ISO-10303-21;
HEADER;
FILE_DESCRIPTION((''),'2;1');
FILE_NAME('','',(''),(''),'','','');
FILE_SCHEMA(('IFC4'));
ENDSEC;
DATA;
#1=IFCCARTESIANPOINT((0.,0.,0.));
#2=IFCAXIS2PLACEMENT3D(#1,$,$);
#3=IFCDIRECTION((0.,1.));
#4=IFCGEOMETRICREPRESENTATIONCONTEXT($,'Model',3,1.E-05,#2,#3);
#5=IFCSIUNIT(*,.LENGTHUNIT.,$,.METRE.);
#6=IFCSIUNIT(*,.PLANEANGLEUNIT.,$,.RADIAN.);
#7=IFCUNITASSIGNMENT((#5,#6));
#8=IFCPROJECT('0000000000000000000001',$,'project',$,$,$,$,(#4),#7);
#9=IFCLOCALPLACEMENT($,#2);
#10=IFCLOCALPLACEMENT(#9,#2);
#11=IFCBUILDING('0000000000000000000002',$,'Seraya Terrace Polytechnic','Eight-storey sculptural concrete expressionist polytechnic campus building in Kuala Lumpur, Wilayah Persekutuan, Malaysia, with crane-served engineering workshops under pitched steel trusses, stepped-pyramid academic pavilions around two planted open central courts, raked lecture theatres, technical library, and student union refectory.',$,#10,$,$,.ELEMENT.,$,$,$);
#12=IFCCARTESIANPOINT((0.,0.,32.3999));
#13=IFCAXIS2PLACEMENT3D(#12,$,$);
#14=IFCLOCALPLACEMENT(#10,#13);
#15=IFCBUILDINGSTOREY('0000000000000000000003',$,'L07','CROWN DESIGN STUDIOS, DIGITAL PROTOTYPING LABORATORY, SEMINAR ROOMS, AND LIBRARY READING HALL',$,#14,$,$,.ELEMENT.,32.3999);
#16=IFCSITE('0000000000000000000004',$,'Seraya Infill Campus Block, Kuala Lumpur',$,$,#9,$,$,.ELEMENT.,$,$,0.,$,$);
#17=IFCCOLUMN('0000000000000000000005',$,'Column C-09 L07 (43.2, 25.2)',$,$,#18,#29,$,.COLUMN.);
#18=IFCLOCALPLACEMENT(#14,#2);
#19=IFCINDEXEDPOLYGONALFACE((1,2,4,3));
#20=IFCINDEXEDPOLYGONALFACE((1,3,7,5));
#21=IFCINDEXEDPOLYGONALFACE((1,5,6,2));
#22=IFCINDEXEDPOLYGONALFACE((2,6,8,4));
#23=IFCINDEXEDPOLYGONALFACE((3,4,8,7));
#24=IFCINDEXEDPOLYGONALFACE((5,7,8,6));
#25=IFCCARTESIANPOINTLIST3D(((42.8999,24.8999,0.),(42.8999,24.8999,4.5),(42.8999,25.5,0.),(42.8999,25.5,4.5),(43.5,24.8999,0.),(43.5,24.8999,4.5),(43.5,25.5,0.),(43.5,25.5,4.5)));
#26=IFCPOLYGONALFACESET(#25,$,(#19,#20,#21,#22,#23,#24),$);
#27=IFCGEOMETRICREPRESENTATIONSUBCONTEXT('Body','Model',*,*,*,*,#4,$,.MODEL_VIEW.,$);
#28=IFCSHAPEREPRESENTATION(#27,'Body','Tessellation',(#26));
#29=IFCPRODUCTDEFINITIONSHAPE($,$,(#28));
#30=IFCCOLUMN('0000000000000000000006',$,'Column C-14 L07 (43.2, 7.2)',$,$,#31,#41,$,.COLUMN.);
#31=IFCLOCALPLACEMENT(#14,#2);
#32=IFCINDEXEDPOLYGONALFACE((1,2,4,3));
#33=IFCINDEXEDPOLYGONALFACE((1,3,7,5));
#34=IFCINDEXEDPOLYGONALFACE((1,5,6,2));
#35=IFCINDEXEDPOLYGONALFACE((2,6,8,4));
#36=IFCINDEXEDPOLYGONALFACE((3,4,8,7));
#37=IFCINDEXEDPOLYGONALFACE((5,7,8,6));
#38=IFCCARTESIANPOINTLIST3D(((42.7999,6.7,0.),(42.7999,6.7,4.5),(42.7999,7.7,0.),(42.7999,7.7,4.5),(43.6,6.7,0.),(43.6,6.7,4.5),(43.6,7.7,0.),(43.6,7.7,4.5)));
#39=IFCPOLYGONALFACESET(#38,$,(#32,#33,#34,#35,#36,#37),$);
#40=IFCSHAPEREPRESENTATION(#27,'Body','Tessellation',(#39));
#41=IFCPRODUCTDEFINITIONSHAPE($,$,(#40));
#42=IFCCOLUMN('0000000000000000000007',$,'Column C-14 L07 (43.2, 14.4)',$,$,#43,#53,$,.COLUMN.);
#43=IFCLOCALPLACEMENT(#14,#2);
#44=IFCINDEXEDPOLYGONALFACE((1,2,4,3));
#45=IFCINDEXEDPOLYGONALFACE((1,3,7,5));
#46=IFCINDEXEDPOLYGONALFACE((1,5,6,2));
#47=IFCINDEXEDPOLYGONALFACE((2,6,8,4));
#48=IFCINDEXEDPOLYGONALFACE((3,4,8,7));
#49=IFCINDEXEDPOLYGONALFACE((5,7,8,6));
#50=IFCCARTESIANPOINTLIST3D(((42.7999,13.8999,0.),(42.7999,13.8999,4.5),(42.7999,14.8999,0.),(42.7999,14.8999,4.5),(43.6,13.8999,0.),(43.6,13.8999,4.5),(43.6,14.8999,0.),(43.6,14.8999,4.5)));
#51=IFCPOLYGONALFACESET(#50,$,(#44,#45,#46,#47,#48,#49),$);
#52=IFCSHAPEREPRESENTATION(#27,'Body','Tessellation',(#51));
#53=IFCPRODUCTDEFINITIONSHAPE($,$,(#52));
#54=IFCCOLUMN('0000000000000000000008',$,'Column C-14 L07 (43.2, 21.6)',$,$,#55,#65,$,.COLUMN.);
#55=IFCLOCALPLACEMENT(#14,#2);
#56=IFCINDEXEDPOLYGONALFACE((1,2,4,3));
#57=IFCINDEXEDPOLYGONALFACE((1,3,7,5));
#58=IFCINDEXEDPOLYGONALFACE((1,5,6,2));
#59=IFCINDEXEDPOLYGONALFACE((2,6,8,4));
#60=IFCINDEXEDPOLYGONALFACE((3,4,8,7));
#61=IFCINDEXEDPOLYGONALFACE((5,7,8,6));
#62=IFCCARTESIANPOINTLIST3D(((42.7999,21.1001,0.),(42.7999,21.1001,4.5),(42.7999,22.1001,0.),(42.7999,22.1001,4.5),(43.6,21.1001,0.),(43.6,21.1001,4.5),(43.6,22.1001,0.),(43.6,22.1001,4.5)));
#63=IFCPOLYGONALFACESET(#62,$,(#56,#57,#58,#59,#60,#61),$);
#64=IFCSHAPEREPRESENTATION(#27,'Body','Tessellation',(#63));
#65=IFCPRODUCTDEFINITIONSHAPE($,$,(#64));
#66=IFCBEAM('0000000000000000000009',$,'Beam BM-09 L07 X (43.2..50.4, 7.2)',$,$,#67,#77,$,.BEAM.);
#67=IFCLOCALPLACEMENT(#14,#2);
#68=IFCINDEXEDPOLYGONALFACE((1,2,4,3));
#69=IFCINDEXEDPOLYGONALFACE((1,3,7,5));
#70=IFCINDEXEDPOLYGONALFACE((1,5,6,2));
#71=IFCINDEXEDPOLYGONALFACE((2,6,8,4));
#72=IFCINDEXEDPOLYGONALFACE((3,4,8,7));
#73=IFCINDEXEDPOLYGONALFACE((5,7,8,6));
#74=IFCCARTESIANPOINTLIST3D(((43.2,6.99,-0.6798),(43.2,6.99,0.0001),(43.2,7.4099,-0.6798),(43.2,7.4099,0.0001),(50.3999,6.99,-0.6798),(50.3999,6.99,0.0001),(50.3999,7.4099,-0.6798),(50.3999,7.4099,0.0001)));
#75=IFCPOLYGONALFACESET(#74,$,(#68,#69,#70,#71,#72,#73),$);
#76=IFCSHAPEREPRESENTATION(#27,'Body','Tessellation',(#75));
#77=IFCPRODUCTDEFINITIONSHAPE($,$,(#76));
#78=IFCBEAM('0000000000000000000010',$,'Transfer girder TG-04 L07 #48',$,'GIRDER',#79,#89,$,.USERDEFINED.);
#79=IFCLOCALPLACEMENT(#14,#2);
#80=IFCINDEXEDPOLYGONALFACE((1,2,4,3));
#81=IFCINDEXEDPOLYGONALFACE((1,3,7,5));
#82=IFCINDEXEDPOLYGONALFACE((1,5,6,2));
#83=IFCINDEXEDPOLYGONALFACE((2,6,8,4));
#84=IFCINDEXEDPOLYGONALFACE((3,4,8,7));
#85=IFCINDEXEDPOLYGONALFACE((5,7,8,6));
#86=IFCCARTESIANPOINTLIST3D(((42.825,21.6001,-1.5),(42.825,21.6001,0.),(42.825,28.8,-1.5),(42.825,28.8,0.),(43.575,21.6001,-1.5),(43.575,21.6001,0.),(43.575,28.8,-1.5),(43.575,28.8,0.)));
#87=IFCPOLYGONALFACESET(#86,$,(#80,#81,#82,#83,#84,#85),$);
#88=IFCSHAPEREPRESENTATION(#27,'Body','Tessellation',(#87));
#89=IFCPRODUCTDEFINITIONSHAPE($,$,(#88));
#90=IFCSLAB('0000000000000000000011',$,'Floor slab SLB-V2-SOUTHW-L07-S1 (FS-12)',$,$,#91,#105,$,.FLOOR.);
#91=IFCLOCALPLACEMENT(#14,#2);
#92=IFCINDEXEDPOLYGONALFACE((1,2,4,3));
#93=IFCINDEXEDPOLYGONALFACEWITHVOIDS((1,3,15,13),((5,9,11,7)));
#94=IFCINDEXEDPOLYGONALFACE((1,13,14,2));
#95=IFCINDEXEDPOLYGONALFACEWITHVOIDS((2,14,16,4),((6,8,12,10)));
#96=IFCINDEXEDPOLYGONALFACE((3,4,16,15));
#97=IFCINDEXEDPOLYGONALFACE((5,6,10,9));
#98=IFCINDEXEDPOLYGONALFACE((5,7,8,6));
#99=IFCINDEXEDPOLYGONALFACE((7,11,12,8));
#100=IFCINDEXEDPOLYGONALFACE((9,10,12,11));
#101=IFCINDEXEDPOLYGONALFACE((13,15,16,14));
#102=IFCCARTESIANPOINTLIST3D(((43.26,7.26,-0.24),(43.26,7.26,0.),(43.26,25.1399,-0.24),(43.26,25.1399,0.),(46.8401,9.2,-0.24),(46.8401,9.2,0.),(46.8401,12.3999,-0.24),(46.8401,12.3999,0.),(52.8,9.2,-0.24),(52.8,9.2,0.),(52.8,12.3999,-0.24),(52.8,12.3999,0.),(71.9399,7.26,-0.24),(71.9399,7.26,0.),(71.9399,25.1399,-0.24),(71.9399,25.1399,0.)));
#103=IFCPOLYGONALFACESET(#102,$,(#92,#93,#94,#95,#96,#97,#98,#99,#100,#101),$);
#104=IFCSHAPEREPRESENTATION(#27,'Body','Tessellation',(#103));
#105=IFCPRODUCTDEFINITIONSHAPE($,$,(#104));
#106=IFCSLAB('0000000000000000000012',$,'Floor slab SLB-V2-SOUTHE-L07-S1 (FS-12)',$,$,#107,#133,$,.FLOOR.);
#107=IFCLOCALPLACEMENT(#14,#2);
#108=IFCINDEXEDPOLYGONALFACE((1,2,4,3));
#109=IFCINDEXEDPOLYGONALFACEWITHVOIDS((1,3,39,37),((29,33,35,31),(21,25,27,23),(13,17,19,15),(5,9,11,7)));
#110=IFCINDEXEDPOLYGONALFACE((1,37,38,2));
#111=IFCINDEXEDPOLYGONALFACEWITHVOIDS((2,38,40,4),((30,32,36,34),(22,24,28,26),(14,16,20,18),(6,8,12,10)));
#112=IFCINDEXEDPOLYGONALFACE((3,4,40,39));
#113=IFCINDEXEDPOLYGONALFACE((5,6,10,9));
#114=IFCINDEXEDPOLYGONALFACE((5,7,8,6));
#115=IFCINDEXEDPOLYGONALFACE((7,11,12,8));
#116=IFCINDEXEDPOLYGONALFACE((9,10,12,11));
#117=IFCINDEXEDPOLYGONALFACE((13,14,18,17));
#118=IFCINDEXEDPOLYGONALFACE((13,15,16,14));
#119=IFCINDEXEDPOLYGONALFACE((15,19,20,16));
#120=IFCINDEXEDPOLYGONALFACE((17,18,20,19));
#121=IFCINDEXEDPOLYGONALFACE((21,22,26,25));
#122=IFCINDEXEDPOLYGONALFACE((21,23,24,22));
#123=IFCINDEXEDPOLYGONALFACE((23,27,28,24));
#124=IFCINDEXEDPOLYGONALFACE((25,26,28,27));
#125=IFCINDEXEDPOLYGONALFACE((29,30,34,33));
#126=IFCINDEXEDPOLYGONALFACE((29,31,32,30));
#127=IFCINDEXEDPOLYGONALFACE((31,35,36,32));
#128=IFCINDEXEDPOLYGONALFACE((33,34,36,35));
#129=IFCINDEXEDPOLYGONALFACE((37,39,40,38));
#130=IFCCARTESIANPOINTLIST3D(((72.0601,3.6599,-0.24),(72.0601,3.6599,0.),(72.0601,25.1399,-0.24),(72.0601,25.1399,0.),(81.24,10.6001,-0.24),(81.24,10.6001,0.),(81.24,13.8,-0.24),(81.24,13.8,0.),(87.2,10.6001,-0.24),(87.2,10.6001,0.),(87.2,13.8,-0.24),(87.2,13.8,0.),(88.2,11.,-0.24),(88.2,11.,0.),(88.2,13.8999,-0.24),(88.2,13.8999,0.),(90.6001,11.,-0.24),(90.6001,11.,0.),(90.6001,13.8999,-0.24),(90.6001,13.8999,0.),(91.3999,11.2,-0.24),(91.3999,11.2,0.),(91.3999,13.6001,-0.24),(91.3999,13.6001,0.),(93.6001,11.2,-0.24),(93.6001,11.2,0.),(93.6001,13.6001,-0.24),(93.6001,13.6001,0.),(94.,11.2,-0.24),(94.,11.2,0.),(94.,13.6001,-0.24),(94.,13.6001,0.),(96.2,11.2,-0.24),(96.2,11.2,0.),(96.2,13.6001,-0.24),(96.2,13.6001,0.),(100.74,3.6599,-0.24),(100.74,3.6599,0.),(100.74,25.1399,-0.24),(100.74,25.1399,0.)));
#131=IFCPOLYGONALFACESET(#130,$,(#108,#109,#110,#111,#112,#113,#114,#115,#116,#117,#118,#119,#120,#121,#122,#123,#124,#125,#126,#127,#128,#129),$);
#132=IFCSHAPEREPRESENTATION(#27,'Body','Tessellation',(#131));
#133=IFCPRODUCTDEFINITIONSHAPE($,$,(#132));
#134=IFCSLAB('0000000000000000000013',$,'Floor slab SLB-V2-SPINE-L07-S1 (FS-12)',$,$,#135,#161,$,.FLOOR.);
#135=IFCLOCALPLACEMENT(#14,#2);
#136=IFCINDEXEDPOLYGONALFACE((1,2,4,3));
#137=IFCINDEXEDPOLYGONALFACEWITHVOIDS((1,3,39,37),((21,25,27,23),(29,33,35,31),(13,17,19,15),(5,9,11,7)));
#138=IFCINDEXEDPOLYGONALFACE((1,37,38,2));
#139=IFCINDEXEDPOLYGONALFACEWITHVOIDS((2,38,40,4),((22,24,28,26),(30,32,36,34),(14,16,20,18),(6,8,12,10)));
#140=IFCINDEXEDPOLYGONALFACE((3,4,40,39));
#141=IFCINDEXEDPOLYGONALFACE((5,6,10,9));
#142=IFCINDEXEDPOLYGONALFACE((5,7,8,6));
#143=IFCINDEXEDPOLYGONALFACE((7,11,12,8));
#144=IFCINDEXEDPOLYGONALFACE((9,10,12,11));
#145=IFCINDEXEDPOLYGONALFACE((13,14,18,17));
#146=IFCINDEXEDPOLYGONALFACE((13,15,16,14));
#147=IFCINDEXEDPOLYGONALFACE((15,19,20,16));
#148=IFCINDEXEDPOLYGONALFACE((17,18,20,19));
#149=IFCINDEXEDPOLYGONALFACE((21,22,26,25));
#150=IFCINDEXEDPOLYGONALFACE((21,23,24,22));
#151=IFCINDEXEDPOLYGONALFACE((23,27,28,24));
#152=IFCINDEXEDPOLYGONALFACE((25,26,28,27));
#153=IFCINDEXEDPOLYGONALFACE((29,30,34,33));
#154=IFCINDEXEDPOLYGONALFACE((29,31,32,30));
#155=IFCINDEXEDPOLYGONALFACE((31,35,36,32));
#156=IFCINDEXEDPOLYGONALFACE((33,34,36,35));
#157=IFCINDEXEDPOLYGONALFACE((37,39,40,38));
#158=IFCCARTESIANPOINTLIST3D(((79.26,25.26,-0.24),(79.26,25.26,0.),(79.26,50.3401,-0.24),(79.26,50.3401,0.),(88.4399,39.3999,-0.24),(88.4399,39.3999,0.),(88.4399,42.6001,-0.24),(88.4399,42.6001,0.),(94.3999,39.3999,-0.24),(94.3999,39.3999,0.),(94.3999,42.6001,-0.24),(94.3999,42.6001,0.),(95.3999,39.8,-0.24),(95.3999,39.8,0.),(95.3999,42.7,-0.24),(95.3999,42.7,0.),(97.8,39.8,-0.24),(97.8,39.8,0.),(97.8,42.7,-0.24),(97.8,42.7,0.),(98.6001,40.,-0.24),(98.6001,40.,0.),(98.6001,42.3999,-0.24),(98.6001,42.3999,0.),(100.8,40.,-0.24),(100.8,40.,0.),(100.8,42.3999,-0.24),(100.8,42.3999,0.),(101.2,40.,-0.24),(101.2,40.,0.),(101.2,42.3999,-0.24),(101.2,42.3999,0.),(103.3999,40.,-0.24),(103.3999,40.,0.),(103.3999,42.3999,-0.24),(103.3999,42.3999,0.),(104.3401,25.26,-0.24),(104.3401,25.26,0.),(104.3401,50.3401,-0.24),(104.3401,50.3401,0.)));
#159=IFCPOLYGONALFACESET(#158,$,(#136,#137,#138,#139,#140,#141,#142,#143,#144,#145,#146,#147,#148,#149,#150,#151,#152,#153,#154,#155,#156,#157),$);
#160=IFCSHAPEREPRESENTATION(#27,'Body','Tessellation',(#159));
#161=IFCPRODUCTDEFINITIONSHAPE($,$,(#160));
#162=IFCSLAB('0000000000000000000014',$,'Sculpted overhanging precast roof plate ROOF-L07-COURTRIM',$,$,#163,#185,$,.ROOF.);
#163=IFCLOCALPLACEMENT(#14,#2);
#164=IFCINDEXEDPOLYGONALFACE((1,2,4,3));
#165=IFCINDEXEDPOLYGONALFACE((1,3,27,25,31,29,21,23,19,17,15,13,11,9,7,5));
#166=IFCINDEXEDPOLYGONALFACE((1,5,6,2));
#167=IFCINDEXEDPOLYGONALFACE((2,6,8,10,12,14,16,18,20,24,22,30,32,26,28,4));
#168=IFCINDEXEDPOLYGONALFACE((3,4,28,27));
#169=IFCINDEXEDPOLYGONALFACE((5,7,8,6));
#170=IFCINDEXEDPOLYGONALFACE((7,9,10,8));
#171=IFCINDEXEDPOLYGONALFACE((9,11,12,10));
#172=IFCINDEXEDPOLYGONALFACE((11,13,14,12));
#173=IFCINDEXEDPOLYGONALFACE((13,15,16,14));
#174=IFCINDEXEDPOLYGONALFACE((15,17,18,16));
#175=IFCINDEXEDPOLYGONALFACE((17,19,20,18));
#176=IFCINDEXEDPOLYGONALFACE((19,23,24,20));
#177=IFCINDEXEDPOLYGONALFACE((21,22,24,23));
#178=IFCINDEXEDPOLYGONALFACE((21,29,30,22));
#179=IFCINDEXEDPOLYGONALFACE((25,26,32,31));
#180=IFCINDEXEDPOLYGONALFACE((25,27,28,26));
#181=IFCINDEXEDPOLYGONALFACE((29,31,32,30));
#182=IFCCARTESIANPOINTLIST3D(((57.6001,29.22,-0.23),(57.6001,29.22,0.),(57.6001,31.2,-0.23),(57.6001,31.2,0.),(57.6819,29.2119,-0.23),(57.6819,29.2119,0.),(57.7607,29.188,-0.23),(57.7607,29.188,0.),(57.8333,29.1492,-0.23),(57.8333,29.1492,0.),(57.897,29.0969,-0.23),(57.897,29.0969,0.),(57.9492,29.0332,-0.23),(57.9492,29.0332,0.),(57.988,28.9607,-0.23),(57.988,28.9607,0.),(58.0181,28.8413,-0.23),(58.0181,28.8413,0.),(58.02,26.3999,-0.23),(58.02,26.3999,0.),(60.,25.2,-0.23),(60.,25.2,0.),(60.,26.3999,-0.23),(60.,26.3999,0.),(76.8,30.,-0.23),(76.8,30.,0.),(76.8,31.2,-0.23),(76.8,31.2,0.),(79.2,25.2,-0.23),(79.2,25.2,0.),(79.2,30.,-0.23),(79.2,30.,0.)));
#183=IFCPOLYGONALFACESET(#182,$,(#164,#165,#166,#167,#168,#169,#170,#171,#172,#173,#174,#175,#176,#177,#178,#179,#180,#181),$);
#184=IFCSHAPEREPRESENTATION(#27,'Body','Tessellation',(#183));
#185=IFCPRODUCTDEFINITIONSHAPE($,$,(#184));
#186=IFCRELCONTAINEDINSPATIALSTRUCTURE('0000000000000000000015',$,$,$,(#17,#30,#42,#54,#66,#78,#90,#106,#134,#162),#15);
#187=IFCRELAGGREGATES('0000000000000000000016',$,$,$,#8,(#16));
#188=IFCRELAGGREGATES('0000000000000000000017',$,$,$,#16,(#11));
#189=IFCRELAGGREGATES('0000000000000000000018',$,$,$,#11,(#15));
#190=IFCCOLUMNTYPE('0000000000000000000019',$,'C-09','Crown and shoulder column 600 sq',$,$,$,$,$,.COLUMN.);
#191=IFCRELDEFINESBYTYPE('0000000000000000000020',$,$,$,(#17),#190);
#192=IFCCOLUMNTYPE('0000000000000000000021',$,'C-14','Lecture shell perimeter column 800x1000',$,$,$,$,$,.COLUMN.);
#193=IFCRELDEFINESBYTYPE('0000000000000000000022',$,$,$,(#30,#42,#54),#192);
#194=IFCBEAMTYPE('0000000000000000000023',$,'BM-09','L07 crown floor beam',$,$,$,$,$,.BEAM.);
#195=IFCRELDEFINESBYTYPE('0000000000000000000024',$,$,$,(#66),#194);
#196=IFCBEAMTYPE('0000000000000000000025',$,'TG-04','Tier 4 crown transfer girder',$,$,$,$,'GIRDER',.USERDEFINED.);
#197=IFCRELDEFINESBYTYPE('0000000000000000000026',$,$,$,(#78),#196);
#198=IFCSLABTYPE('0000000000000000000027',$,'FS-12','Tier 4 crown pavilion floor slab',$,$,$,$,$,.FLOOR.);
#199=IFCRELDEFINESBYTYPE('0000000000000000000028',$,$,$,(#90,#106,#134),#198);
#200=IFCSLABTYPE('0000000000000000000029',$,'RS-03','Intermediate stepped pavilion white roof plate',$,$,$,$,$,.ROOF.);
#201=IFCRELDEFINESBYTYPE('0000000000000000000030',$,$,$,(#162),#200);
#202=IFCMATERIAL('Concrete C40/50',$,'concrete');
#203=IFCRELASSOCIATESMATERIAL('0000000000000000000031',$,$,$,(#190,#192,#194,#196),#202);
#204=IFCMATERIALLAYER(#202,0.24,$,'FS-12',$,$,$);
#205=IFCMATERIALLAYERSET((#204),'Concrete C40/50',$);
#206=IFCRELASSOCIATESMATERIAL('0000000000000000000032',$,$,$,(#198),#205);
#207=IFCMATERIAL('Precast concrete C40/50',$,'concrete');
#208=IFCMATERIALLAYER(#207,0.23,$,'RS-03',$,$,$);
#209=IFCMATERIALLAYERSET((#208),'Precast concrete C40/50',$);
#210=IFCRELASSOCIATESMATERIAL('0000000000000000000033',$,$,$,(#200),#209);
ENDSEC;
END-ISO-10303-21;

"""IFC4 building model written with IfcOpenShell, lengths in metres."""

from ifc_helpers import new_model, si_unit, direction, frame, origin, origin_2d, place, context, subcontext, project, spatial, polyline, rectangle, outline, extrude, material, layer, layer_set, material_profile, profile_set, type_object, element, save


model = new_model("IFC4")

# Units and contexts
model_context = context("Model", 3, precision=1e-05, world=origin(), true_north=direction((0.0, 1.0)))
body_context = subcontext(model_context, "Body", "Model", "MODEL_VIEW")
ifc_project = project(units=[si_unit("LENGTHUNIT", "METRE"), si_unit("PLANEANGLEUNIT", "RADIAN")], contexts=[model_context])

# Site, building, storey
site_placement = place(None, origin())
site = spatial("IfcSite", under=ifc_project, at=site_placement, Name="Seraya Infill Campus Block, Kuala Lumpur", CompositionType="ELEMENT", RefElevation=0.0)
building_placement = place(site_placement, origin())
building = spatial("IfcBuilding", under=site, at=building_placement, Name="Seraya Terrace Polytechnic", Description="Eight-storey sculptural concrete expressionist polytechnic campus building in Kuala Lumpur, Wilayah Persekutuan, Malaysia, with crane-served engineering workshops under pitched steel trusses, stepped-pyramid academic pavilions around two planted open central courts, raked lecture theatres, technical library, and student union refectory.", CompositionType="ELEMENT")
storey_placement = place(building_placement, frame((0.0, 0.0, 32.3999)))
storey = spatial("IfcBuildingStorey", under=building, at=storey_placement, Name="L07", Description="CROWN DESIGN STUDIOS, DIGITAL PROTOTYPING LABORATORY, SEMINAR ROOMS, AND LIBRARY READING HALL", CompositionType="ELEMENT", Elevation=32.3999)

# Columns
ifc_material_1 = material(Name="Concrete C40/50", Category="concrete")
ifc_material_profile_1 = material_profile(ifc_material_1, rectangle(XDim=0.6001, YDim=0.6001, at=origin_2d()), Name="RC 600x600")
ifc_profile_set_1 = profile_set([ifc_material_profile_1], Name="Concrete C40/50")
column_type_1 = type_object("IfcColumnType", Name="C-09", Description="Crown and shoulder column 600 sq", PredefinedType="COLUMN", material=ifc_profile_set_1)
column_placement = place(storey_placement, frame((43.2, 25.2, 0.0), z_axis=(0.0, 0.0, 1.0), x_axis=(1.0, 0.0, 0.0)))
element("IfcColumn", 1, at=column_placement, inside=storey, type_object=column_type_1, Name="Column C-09 L07 (43.2, 25.2)", PredefinedType="COLUMN", context=body_context, shape_type="SweptSolid", body=[
    extrude(rectangle(XDim=0.6001, YDim=0.6001, at=origin_2d()), origin(), (0.0, 0.0, 1.0), 4.5),
])
ifc_material_profile_2 = material_profile(ifc_material_1, rectangle(XDim=0.8, YDim=1.0, at=origin_2d()), Name="RC 800x1000")
ifc_profile_set_2 = profile_set([ifc_material_profile_2], Name="Concrete C40/50")
column_type_2 = type_object("IfcColumnType", Name="C-14", Description="Lecture shell perimeter column 800x1000", PredefinedType="COLUMN", material=ifc_profile_set_2)
for number, where, z_axis, x_axis, name in (
    (2, (43.2, 7.2, 0.0), (0.0, 0.0, 1.0), (1.0, 0.0, 0.0), "Column C-14 L07 (43.2, 7.2)"),
    (3, (43.2, 14.3999, 0.0), (0.0, 0.0, 1.0), (1.0, 0.0, 0.0), "Column C-14 L07 (43.2, 14.4)"),
    (4, (43.2, 21.6001, 0.0), (0.0, 0.0, 1.0), (1.0, 0.0, 0.0), "Column C-14 L07 (43.2, 21.6)"),
):
    element("IfcColumn", number, at=place(storey_placement, frame(where, z_axis=z_axis, x_axis=x_axis)), inside=storey, type_object=column_type_2, Name=name, PredefinedType="COLUMN", context=body_context, shape_type="SweptSolid", body=[
        extrude(rectangle(XDim=0.8, YDim=1.0, at=origin_2d()), origin(), (0.0, 0.0, 1.0), 4.5),
    ])

# Beams
ifc_material_profile_3 = material_profile(ifc_material_1, rectangle(XDim=0.4199, YDim=0.6799, at=origin_2d()), Name="RC 420x680")
ifc_profile_set_3 = profile_set([ifc_material_profile_3], Name="Concrete C40/50")
beam_type_1 = type_object("IfcBeamType", Name="BM-09", Description="L07 crown floor beam", PredefinedType="BEAM", material=ifc_profile_set_3)
beam_1_placement = place(storey_placement, frame((43.2, 7.2, -0.3398), z_axis=(1.0, 0.0, 0.0), x_axis=(0.0, 1.0, 0.0)))
element("IfcBeam", 5, at=beam_1_placement, inside=storey, type_object=beam_type_1, Name="Beam BM-09 L07 X (43.2..50.4, 7.2)", PredefinedType="BEAM", context=body_context, shape_type="SweptSolid", body=[
    extrude(rectangle(XDim=0.4199, YDim=0.6799, at=origin_2d()), origin(), (0.0, 0.0, 1.0), 7.2),
])
ifc_material_profile_4 = material_profile(ifc_material_1, rectangle(XDim=0.75, YDim=1.5, at=origin_2d()), Name="RC 750x1500")
ifc_profile_set_4 = profile_set([ifc_material_profile_4], Name="Concrete C40/50")
beam_type_2 = type_object("IfcBeamType", Name="TG-04", Description="Tier 4 crown transfer girder", ElementType="GIRDER", PredefinedType="USERDEFINED", material=ifc_profile_set_4)
beam_2_placement = place(storey_placement, frame((43.2, 21.6001, -0.75), z_axis=(0.0, 1.0, 0.0), x_axis=(-1.0, 0.0, 0.0)))
element("IfcBeam", 6, at=beam_2_placement, inside=storey, type_object=beam_type_2, Name="Transfer girder TG-04 L07 #48", ObjectType="GIRDER", PredefinedType="USERDEFINED", context=body_context, shape_type="SweptSolid", body=[
    extrude(rectangle(XDim=0.75, YDim=1.5, at=origin_2d()), origin(), (0.0, 0.0, 1.0), 7.2),
])

# Slabs
ifc_layer_1 = layer(ifc_material_1, 0.24, Name="FS-12")
ifc_layer_set_1 = layer_set([ifc_layer_1], Name="Concrete C40/50")
slab_type_1 = type_object("IfcSlabType", Name="FS-12", Description="Tier 4 crown pavilion floor slab", PredefinedType="FLOOR", material=ifc_layer_set_1)
slab_1_placement = place(storey_placement, frame((0.0, 0.0, -0.24)))
element("IfcSlab", 7, at=slab_1_placement, inside=storey, type_object=slab_type_1, Name="Floor slab SLB-V2-SOUTHW-L07-S1 (FS-12)", PredefinedType="FLOOR", context=body_context, shape_type="SweptSolid", body=[
    extrude(outline(polyline([(43.26, 7.26), (43.26, 25.1399), (71.9399, 25.1399), (71.9399, 7.26), (43.26, 7.26)]), holes=[polyline([(46.8401, 12.3999), (46.8401, 9.2), (52.8, 9.2), (52.8, 12.3999), (46.8401, 12.3999)])]), origin(), (0.0, 0.0, 1.0), 0.24),
])
slab_2_placement = place(storey_placement, frame((0.0, 0.0, -0.24)))
element("IfcSlab", 8, at=slab_2_placement, inside=storey, type_object=slab_type_1, Name="Floor slab SLB-V2-SOUTHE-L07-S1 (FS-12)", PredefinedType="FLOOR", context=body_context, shape_type="SweptSolid", body=[
    extrude(outline(polyline([(72.0601, 25.1399), (100.74, 25.1399), (100.74, 3.6599), (72.0601, 3.6599), (72.0601, 25.1399)]), holes=[polyline([(81.24, 10.6001), (87.2, 10.6001), (87.2, 13.8), (81.24, 13.8), (81.24, 10.6001)]), polyline([(91.3999, 11.2), (93.6001, 11.2), (93.6001, 13.6001), (91.3999, 13.6001), (91.3999, 11.2)]), polyline([(94.0, 11.2), (96.2, 11.2), (96.2, 13.6001), (94.0, 13.6001), (94.0, 11.2)]), polyline([(88.2, 11.0), (90.6001, 11.0), (90.6001, 13.8999), (88.2, 13.8999), (88.2, 11.0)])]), origin(), (0.0, 0.0, 1.0), 0.24),
])
slab_3_placement = place(storey_placement, frame((0.0, 0.0, -0.24)))
element("IfcSlab", 9, at=slab_3_placement, inside=storey, type_object=slab_type_1, Name="Floor slab SLB-V2-SPINE-L07-S1 (FS-12)", PredefinedType="FLOOR", context=body_context, shape_type="SweptSolid", body=[
    extrude(outline(polyline([(79.26, 50.3401), (104.3401, 50.3401), (104.3401, 25.26), (79.26, 25.26), (79.26, 50.3401)]), holes=[polyline([(88.4399, 39.3999), (94.3999, 39.3999), (94.3999, 42.6001), (88.4399, 42.6001), (88.4399, 39.3999)]), polyline([(98.6001, 40.0), (100.8, 40.0), (100.8, 42.3999), (98.6001, 42.3999), (98.6001, 40.0)]), polyline([(101.2, 42.3999), (101.2, 40.0), (103.3999, 40.0), (103.3999, 42.3999), (101.2, 42.3999)]), polyline([(95.3999, 42.7), (95.3999, 39.8), (97.8, 39.8), (97.8, 42.7), (95.3999, 42.7)])]), origin(), (0.0, 0.0, 1.0), 0.24),
])
ifc_material_2 = material(Name="Precast concrete C40/50", Category="concrete")
ifc_layer_2 = layer(ifc_material_2, 0.23, Name="RS-03")
ifc_layer_set_2 = layer_set([ifc_layer_2], Name="Precast concrete C40/50")
slab_type_2 = type_object("IfcSlabType", Name="RS-03", Description="Intermediate stepped pavilion white roof plate", PredefinedType="ROOF", material=ifc_layer_set_2)
slab_4_placement = place(storey_placement, frame((0.0, 0.0, -0.23)))
element("IfcSlab", 10, at=slab_4_placement, inside=storey, type_object=slab_type_2, Name="Sculpted overhanging precast roof plate ROOF-L07-COURTRIM", PredefinedType="ROOF", context=body_context, shape_type="SweptSolid", body=[
    extrude(outline(polyline([(57.6001, 31.2), (76.8, 31.2), (76.8, 30.0), (79.2, 30.0), (79.2, 25.2), (60.0, 25.2), (60.0, 26.3999), (58.02, 26.3999), (58.0181, 28.8413), (57.988, 28.9607), (57.9492, 29.0332), (57.897, 29.0969), (57.8333, 29.1492), (57.7607, 29.188), (57.6819, 29.2119), (57.6001, 29.22), (57.6001, 31.2)])), origin(), (0.0, 0.0, 1.0), 0.23),
])

save(model, "model.ifc")
